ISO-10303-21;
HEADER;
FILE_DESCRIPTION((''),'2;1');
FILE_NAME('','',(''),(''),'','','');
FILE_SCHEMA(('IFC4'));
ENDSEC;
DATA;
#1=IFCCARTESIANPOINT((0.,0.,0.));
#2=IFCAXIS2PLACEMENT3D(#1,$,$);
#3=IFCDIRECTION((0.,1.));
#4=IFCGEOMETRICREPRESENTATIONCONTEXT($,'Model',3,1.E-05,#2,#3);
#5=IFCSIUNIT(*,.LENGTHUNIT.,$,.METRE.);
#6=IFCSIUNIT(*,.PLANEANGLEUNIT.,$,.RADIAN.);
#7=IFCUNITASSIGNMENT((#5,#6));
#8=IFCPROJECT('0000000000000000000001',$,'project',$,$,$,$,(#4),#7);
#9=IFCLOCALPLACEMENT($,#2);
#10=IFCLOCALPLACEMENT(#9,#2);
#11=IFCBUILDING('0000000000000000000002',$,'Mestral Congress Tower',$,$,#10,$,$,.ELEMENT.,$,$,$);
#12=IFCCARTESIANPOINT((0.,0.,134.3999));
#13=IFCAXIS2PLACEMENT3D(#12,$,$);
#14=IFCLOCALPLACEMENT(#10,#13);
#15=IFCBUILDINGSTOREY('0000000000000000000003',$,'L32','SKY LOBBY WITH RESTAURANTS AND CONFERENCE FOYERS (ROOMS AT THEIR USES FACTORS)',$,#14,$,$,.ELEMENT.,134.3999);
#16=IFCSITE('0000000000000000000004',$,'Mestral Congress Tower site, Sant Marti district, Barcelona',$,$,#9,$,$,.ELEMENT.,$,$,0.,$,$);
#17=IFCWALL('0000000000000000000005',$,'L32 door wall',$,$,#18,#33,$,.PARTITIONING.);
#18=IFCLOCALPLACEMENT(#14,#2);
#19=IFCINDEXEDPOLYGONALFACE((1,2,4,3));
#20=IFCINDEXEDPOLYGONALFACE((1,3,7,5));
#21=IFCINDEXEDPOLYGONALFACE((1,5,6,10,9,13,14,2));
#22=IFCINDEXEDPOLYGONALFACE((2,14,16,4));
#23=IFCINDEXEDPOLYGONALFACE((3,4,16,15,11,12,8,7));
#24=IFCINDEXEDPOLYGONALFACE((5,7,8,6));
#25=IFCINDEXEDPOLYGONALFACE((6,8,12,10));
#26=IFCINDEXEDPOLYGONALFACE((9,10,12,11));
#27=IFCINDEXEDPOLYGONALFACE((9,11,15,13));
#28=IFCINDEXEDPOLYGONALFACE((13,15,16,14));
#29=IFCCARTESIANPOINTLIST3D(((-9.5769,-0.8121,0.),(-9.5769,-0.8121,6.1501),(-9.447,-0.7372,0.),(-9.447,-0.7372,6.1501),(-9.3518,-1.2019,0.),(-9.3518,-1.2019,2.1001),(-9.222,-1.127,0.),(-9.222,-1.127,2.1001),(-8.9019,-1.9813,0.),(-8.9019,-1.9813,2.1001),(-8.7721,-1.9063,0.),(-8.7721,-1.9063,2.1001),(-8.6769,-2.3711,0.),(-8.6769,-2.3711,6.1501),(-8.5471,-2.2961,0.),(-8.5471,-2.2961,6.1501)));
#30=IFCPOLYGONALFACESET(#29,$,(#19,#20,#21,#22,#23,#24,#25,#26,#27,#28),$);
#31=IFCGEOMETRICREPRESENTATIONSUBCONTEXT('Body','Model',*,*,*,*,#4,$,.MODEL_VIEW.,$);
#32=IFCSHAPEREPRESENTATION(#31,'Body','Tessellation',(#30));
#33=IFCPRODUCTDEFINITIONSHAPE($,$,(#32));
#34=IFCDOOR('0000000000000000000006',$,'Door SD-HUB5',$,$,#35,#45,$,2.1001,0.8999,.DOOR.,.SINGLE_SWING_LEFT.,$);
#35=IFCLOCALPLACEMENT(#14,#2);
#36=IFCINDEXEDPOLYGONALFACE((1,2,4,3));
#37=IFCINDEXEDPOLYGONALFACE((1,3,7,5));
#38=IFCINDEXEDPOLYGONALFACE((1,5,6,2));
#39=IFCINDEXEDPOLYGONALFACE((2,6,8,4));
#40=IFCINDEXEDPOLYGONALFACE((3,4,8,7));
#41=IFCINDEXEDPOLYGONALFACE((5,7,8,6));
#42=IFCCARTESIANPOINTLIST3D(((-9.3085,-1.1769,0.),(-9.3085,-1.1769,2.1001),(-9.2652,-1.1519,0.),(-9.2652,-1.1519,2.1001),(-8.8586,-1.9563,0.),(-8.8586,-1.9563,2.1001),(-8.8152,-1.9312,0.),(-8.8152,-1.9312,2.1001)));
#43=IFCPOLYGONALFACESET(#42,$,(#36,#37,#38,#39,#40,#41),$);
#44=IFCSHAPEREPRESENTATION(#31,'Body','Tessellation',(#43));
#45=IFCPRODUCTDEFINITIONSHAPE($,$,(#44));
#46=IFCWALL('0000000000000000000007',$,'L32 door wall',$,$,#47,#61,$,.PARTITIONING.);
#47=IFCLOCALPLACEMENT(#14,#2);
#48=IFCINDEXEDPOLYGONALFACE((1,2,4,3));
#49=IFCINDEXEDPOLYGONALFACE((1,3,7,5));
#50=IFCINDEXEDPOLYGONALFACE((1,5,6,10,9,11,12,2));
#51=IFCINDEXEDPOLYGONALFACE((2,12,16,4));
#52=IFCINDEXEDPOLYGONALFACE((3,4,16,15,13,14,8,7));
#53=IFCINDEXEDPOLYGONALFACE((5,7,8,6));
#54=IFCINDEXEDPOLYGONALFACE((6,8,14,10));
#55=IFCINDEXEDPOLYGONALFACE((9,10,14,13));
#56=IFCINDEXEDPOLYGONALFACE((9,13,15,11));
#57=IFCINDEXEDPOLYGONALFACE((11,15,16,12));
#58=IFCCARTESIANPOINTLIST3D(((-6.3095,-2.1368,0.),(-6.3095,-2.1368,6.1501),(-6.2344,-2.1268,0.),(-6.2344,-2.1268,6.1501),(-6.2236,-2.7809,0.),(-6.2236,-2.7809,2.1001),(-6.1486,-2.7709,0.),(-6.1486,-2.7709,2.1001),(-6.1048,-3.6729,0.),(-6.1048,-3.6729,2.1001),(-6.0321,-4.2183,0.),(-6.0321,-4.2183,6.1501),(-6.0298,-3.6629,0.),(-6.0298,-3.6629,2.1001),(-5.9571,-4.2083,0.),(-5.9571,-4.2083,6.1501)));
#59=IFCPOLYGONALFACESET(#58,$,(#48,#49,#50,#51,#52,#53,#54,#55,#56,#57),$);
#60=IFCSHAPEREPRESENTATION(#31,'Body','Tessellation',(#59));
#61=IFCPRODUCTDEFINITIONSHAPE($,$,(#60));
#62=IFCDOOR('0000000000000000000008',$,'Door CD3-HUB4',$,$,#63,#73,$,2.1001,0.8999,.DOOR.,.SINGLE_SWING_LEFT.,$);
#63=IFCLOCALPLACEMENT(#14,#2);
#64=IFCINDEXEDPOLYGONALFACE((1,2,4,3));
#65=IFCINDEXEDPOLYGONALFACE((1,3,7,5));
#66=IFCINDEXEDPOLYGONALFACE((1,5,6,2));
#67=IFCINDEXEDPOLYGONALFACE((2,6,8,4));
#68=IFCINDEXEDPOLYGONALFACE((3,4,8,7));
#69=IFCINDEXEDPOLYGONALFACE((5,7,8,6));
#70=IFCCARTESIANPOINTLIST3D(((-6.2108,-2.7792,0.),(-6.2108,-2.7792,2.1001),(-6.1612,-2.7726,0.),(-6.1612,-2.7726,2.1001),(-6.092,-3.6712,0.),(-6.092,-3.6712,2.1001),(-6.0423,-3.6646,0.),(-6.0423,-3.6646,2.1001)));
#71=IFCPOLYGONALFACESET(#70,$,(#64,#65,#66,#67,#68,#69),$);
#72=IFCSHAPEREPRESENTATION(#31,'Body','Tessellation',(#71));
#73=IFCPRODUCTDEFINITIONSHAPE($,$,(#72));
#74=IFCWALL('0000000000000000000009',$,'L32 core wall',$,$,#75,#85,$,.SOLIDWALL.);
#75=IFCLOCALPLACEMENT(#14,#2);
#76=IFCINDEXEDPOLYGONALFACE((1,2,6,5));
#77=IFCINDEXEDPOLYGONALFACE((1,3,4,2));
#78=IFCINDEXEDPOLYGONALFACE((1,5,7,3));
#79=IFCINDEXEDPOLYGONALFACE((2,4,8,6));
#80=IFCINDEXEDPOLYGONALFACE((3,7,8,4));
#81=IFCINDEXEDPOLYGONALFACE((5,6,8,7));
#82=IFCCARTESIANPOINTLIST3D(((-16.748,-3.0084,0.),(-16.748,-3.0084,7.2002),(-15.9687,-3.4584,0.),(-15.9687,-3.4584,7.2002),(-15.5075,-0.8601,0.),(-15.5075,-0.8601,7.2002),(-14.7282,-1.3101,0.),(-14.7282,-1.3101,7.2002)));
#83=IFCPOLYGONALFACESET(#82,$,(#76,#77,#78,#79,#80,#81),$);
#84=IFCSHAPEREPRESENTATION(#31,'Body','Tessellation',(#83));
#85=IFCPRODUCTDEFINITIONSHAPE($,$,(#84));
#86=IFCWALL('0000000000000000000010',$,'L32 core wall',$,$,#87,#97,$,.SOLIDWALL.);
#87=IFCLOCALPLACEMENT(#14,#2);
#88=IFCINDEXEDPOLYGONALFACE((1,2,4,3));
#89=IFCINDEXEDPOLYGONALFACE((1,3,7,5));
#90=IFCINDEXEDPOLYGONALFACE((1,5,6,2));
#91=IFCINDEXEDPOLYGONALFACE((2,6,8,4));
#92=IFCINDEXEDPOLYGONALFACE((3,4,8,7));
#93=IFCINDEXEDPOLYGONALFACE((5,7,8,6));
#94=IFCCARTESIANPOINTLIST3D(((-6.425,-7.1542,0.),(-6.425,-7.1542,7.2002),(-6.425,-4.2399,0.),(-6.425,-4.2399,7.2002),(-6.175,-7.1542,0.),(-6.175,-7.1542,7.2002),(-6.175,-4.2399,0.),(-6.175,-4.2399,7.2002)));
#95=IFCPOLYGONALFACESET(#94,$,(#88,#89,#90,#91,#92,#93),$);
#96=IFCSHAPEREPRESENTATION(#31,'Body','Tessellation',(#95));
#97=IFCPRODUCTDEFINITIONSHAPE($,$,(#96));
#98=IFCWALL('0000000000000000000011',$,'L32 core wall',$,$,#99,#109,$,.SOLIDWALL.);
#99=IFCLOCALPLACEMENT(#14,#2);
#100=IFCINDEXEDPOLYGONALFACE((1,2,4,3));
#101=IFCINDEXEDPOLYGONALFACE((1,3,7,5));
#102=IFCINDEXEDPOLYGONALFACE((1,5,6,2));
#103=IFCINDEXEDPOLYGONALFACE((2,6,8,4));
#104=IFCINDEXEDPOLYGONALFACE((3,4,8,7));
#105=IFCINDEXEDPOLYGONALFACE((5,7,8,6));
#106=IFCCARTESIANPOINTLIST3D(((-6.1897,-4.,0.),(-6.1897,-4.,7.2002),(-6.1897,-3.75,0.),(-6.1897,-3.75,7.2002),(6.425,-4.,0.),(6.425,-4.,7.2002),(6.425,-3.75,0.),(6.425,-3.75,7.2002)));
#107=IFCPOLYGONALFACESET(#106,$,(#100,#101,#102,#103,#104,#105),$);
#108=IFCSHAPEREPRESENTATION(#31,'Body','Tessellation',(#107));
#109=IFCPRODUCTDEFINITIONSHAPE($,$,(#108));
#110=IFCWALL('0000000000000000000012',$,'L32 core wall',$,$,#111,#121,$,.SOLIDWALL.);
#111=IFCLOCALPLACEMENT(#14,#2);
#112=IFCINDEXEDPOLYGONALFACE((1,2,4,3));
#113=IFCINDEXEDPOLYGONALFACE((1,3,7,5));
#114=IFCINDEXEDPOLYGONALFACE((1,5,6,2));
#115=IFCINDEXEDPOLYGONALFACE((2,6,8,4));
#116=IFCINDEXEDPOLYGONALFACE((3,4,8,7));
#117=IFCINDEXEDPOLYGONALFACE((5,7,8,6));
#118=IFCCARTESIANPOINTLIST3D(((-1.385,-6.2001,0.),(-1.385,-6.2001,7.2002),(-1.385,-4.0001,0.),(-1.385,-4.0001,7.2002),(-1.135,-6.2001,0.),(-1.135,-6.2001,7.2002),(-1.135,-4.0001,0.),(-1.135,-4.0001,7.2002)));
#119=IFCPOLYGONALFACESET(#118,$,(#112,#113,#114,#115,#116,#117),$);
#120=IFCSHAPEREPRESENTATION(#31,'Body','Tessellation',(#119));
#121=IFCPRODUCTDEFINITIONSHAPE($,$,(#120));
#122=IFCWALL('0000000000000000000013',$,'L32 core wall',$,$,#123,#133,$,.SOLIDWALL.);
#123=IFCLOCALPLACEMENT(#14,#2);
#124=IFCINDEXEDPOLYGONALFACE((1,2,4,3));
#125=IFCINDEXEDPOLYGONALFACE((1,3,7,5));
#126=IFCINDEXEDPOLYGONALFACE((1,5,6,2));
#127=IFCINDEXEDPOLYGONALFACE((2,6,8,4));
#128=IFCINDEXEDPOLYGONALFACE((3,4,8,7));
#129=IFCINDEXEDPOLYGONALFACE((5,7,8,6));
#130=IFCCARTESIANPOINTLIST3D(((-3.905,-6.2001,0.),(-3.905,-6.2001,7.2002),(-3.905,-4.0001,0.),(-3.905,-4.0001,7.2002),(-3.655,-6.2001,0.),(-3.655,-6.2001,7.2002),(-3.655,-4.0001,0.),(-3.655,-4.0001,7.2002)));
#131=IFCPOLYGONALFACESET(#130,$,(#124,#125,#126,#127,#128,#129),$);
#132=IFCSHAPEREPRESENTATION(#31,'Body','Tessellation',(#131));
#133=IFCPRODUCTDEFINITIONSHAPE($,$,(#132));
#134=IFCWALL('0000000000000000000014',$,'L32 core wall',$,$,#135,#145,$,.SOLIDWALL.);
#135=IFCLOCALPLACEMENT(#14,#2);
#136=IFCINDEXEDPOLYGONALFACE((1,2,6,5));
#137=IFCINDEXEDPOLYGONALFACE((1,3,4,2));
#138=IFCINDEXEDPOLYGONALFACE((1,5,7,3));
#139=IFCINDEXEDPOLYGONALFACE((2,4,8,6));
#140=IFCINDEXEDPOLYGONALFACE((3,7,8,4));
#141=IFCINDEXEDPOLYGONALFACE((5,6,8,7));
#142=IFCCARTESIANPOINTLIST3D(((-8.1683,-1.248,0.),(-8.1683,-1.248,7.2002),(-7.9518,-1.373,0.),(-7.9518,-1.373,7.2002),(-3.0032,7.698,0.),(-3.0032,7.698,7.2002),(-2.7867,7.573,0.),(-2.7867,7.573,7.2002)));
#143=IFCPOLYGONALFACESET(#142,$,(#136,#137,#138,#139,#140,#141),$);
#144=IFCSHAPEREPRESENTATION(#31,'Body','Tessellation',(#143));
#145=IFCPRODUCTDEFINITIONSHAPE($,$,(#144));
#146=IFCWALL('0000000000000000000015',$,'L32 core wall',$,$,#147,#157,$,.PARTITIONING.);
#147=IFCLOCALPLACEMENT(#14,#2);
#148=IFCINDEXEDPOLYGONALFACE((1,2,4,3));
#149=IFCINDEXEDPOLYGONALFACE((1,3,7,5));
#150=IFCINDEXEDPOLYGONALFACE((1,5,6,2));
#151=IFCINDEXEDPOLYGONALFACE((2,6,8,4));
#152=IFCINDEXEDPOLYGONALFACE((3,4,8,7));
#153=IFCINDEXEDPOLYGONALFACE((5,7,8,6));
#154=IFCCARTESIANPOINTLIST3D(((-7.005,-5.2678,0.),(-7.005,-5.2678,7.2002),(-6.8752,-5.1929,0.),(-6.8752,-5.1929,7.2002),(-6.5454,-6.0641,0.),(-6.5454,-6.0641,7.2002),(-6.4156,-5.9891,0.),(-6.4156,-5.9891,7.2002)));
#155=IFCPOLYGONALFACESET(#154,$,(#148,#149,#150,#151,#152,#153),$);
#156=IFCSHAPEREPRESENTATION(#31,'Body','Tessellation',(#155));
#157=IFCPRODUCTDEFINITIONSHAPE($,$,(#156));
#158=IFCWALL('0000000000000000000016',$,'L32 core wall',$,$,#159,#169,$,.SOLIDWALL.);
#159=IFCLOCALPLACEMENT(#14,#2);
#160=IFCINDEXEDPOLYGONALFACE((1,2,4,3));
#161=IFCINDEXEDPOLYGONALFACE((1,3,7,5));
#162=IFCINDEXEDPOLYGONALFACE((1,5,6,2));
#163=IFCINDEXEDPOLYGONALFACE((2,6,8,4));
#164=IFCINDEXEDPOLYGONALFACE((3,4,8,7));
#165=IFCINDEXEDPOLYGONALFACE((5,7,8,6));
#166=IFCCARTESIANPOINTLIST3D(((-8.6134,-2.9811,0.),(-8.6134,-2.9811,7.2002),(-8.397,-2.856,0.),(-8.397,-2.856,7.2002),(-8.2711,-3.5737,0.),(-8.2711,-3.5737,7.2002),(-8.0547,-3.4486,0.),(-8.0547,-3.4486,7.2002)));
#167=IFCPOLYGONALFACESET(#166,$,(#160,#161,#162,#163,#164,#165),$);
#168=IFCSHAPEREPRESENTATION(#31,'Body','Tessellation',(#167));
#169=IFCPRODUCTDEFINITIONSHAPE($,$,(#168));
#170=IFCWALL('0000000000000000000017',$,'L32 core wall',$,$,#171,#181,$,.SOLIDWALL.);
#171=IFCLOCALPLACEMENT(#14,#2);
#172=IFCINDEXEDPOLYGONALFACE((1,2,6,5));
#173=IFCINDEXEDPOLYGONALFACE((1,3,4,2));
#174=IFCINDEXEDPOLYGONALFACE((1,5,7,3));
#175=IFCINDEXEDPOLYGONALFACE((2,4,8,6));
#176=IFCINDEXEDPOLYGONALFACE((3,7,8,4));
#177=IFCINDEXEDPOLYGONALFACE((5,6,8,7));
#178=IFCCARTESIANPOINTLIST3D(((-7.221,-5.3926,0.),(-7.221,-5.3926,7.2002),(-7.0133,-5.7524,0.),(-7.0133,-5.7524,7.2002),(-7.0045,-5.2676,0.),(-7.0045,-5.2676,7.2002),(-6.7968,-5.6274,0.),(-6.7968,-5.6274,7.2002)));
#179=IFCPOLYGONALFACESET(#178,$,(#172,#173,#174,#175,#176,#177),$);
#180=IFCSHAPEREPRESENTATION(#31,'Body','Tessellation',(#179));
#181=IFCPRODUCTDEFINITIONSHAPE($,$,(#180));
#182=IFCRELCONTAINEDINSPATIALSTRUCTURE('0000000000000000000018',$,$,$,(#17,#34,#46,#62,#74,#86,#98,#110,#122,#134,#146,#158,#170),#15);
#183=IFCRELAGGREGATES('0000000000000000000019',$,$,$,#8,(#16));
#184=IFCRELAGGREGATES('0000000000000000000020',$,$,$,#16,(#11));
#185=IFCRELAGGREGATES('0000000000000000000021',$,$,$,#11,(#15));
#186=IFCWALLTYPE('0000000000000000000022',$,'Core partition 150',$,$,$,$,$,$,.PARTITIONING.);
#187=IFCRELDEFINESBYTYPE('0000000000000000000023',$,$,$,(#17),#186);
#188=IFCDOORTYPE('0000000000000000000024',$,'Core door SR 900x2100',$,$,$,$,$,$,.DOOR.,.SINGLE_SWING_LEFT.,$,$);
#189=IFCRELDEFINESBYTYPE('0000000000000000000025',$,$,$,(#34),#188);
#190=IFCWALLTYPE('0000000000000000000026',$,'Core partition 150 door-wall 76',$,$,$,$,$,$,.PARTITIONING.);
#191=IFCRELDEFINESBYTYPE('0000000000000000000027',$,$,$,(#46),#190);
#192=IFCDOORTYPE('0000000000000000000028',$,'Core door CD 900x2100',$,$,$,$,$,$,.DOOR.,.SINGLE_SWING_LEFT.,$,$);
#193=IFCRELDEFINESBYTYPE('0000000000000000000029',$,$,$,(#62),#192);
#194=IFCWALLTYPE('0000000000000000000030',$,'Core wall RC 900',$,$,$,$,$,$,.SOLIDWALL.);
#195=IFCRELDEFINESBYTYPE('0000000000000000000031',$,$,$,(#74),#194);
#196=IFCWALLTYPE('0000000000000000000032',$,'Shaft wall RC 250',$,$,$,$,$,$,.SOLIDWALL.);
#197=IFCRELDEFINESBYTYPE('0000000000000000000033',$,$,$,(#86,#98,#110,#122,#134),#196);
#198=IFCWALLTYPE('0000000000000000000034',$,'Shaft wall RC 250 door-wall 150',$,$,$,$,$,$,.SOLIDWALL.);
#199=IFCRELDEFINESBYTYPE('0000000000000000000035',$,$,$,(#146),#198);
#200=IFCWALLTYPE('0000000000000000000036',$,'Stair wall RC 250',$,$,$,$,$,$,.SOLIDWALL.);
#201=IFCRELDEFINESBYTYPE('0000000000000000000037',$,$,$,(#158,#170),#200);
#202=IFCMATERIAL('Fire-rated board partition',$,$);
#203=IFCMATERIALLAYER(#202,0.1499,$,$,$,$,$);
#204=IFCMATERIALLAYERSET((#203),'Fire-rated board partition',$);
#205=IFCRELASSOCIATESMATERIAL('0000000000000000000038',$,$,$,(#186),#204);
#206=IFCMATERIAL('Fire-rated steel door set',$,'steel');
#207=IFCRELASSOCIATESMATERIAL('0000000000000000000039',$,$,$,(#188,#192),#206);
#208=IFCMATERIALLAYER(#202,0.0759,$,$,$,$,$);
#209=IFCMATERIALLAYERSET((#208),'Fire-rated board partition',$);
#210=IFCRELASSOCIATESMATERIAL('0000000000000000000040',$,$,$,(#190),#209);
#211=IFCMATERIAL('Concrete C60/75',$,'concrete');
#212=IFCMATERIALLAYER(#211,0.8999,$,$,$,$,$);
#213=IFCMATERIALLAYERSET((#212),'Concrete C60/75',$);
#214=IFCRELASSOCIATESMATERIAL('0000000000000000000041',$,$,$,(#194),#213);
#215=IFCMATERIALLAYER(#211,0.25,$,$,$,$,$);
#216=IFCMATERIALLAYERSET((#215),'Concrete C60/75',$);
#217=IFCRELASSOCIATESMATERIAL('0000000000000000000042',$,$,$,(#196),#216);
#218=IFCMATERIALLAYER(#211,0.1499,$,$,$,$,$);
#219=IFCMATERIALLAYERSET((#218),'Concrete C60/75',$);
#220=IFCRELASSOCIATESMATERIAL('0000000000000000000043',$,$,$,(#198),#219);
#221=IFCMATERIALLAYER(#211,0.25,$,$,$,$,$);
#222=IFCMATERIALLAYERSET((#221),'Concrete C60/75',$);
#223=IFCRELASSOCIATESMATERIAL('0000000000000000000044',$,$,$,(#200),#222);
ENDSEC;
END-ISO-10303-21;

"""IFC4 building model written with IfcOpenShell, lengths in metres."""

from ifc_helpers import new_model, si_unit, direction, frame, frame_2d, origin, place, context, subcontext, project, spatial, rectangle, extrude, material, layer, layer_set, type_object, element, fill, save


model = new_model("IFC4")

# Units and contexts
model_context = context("Model", 3, precision=1e-05, world=origin(), true_north=direction((0.0, 1.0)))
body_context = subcontext(model_context, "Body", "Model", "MODEL_VIEW")
ifc_project = project(units=[si_unit("LENGTHUNIT", "METRE"), si_unit("PLANEANGLEUNIT", "RADIAN")], contexts=[model_context])

# Site, building, storey
site_placement = place(None, origin())
site = spatial("IfcSite", under=ifc_project, at=site_placement, Name="Mestral Congress Tower site, Sant Marti district, Barcelona", CompositionType="ELEMENT", RefElevation=0.0)
building_placement = place(site_placement, origin())
building = spatial("IfcBuilding", under=site, at=building_placement, Name="Mestral Congress Tower", CompositionType="ELEMENT")
storey_placement = place(building_placement, frame((0.0, 0.0, 134.3999)))
storey = spatial("IfcBuildingStorey", under=building, at=storey_placement, Name="L32", Description="SKY LOBBY WITH RESTAURANTS AND CONFERENCE FOYERS (ROOMS AT THEIR USES FACTORS)", CompositionType="ELEMENT", Elevation=134.3999)

# Shared definitions
ifc_material_1 = material(Name="Fire-rated board partition")
ifc_layer_1 = layer(ifc_material_1, 0.1499)
ifc_layer_set_1 = layer_set([ifc_layer_1], Name="Fire-rated board partition")
wall_type_1 = type_object("IfcWallType", Name="Core partition 150", PredefinedType="PARTITIONING", material=ifc_layer_set_1)

# Walls, openings, doors
ifc_material_2 = material(Name="Fire-rated steel door set", Category="steel")
door_type_1 = type_object("IfcDoorType", Name="Core door SR 900x2100", OperationType="SINGLE_SWING_LEFT", PredefinedType="DOOR", material=ifc_material_2)
wall_1_placement = place(storey_placement, frame((-8.6121, -2.3335, 0.0), z_axis=(0.0, 0.0, 1.0), x_axis=(-0.499961, 0.866048, 0.0)))
wall_1 = element("IfcWall", 1, at=wall_1_placement, inside=storey, type_object=wall_type_1, Name="L32 door wall", PredefinedType="PARTITIONING", context=body_context, shape_type="SweptSolid", body=[
    extrude(rectangle(XDim=1.8, YDim=0.1499, at=frame_2d((0.8999, 0.0))), origin(), (0.0, 0.0, 1.0), 6.1501),
])
opening_1_placement = place(wall_1_placement, frame((0.45, 0.0, 0.0)))
opening_1 = element("IfcOpeningElement", 2, at=opening_1_placement, cuts=wall_1, PredefinedType="OPENING", context=body_context, shape_type="SweptSolid", body=[
    extrude(rectangle(XDim=0.8999, YDim=2.1001, at=frame_2d((0.45, 1.05))), frame((0.0, 0.085, 0.0), z_axis=(0.0, -1.0, 0.0), x_axis=(1.0, 0.0, 0.0)), (0.0, 0.0, 1.0), 0.1699),
])
door_1_placement = place(opening_1_placement, origin())
door_1 = element("IfcDoor", 3, at=door_1_placement, inside=storey, type_object=door_type_1, Name="Door SD-HUB5", OperationType="SINGLE_SWING_LEFT", OverallHeight=2.1001, OverallWidth=0.8999, PredefinedType="DOOR", context=body_context, shape_type="SweptSolid", body=[
    extrude(rectangle(XDim=0.8999, YDim=2.1001, at=frame_2d((0.45, 1.05))), frame((0.0, 0.0249, 0.0), z_axis=(0.0, -1.0, 0.0), x_axis=(1.0, 0.0, 0.0)), (0.0, 0.0, 1.0), 0.05),
])
fill(opening_1, door_1)
ifc_layer_2 = layer(ifc_material_1, 0.0759)
ifc_layer_set_2 = layer_set([ifc_layer_2], Name="Fire-rated board partition")
wall_type_2 = type_object("IfcWallType", Name="Core partition 150 door-wall 76", PredefinedType="PARTITIONING", material=ifc_layer_set_2)
wall_2_placement = place(storey_placement, frame((-5.9946, -4.2131, 0.0), z_axis=(0.0, 0.0, 1.0), x_axis=(-0.132072, 0.99124, 0.0)))
wall_2 = element("IfcWall", 4, at=wall_2_placement, inside=storey, type_object=wall_type_2, Name="L32 door wall", PredefinedType="PARTITIONING", context=body_context, shape_type="SweptSolid", body=[
    extrude(rectangle(XDim=2.0999, YDim=0.0757, at=frame_2d((1.0498, 0.0))), origin(), (0.0, 0.0, 1.0), 6.1501),
])
opening_2_placement = place(wall_2_placement, frame((0.55, 0.0, 0.0)))
opening_2 = element("IfcOpeningElement", 5, at=opening_2_placement, cuts=wall_2, PredefinedType="OPENING", context=body_context, shape_type="SweptSolid", body=[
    extrude(rectangle(XDim=0.8999, YDim=2.1001, at=frame_2d((0.45, 1.05))), frame((0.0, 0.0479, 0.0), z_axis=(0.0, -1.0, 0.0), x_axis=(1.0, 0.0, 0.0)), (0.0, 0.0, 1.0), 0.0957),
])
door_type_2 = type_object("IfcDoorType", Name="Core door CD 900x2100", OperationType="SINGLE_SWING_LEFT", PredefinedType="DOOR", material=ifc_material_2)
door_2_placement = place(opening_2_placement, origin())
door_2 = element("IfcDoor", 6, at=door_2_placement, inside=storey, type_object=door_type_2, Name="Door CD3-HUB4", OperationType="SINGLE_SWING_LEFT", OverallHeight=2.1001, OverallWidth=0.8999, PredefinedType="DOOR", context=body_context, shape_type="SweptSolid", body=[
    extrude(rectangle(XDim=0.8999, YDim=2.1001, at=frame_2d((0.45, 1.05))), frame((0.0, 0.0249, 0.0), z_axis=(0.0, -1.0, 0.0), x_axis=(1.0, 0.0, 0.0)), (0.0, 0.0, 1.0), 0.05),
])
fill(opening_2, door_2)

# Walls
ifc_material_3 = material(Name="Concrete C60/75", Category="concrete")
ifc_layer_3 = layer(ifc_material_3, 0.8999)
ifc_layer_set_3 = layer_set([ifc_layer_3], Name="Concrete C60/75")
wall_type_3 = type_object("IfcWallType", Name="Core wall RC 900", PredefinedType="SOLIDWALL", material=ifc_layer_set_3)
wall_3_placement = place(storey_placement, frame((-15.1179, -1.0852, 0.0), z_axis=(0.0, 0.0, 1.0), x_axis=(-0.500066, -0.865987, 0.0)))
element("IfcWall", 7, at=wall_3_placement, inside=storey, type_object=wall_type_3, Name="L32 core wall", PredefinedType="SOLIDWALL", context=body_context, shape_type="SweptSolid", body=[
    extrude(rectangle(XDim=2.4807, YDim=0.8999, at=frame_2d((1.2402, 0.0))), origin(), (0.0, 0.0, 1.0), 7.2002),
])
ifc_layer_4 = layer(ifc_material_3, 0.25)
ifc_layer_set_4 = layer_set([ifc_layer_4], Name="Concrete C60/75")
wall_type_4 = type_object("IfcWallType", Name="Shaft wall RC 250", PredefinedType="SOLIDWALL", material=ifc_layer_set_4)
wall_4_placement = place(storey_placement, frame((-6.3, -4.24, 0.0), z_axis=(0.0, 0.0, 1.0), x_axis=(0.0, -1.0, 0.0)))
element("IfcWall", 8, at=wall_4_placement, inside=storey, type_object=wall_type_4, Name="L32 core wall", PredefinedType="SOLIDWALL", context=body_context, shape_type="SweptSolid", body=[
    extrude(rectangle(XDim=2.9143, YDim=0.25, at=frame_2d((1.457, 0.0))), origin(), (0.0, 0.0, 1.0), 7.2002),
])
wall_5_placement = place(storey_placement, frame((-6.1897, -3.875, 0.0), z_axis=(0.0, 0.0, 1.0), x_axis=(1.0, 0.0, 0.0)))
element("IfcWall", 9, at=wall_5_placement, inside=storey, type_object=wall_type_4, Name="L32 core wall", PredefinedType="SOLIDWALL", context=body_context, shape_type="SweptSolid", body=[
    extrude(rectangle(XDim=12.6147, YDim=0.25, at=frame_2d((6.3074, 0.0))), origin(), (0.0, 0.0, 1.0), 7.2002),
])
for number, where, z_axis, x_axis, name in (
    (10, (-1.26, -4.0, 0.0), (0.0, 0.0, 1.0), (0.0, -1.0, 0.0), "L32 core wall"),
    (11, (-3.78, -4.0, 0.0), (0.0, 0.0, 1.0), (0.0, -1.0, 0.0), "L32 core wall"),
):
    element("IfcWall", number, at=place(storey_placement, frame(where, z_axis=z_axis, x_axis=x_axis)), inside=storey, type_object=wall_type_4, Name=name, PredefinedType="SOLIDWALL", context=body_context, shape_type="SweptSolid", body=[
        extrude(rectangle(XDim=2.2, YDim=0.25, at=frame_2d((1.1001, 0.0))), origin(), (0.0, 0.0, 1.0), 7.2002),
    ])
wall_6_placement = place(storey_placement, frame((-8.0601, -1.3105, 0.0), z_axis=(0.0, 0.0, 1.0), x_axis=(0.500003, 0.866024, 0.0)))
element("IfcWall", 12, at=wall_6_placement, inside=storey, type_object=wall_type_4, Name="L32 core wall", PredefinedType="SOLIDWALL", context=body_context, shape_type="SweptSolid", body=[
    extrude(rectangle(XDim=10.3301, YDim=0.25, at=frame_2d((5.165, 0.0))), origin(), (0.0, 0.0, 1.0), 7.2002),
])
ifc_layer_5 = layer(ifc_material_3, 0.1499)
ifc_layer_set_5 = layer_set([ifc_layer_5], Name="Concrete C60/75")
wall_type_5 = type_object("IfcWallType", Name="Shaft wall RC 250 door-wall 150", PredefinedType="SOLIDWALL", material=ifc_layer_set_5)
wall_7_placement = place(storey_placement, frame((-6.4805, -6.0266, 0.0), z_axis=(0.0, 0.0, 1.0), x_axis=(-0.499937, 0.866062, 0.0)))
element("IfcWall", 13, at=wall_7_placement, inside=storey, type_object=wall_type_5, Name="L32 core wall", PredefinedType="PARTITIONING", context=body_context, shape_type="SweptSolid", body=[
    extrude(rectangle(XDim=0.9194, YDim=0.1499, at=frame_2d((0.4597, 0.0))), origin(), (0.0, 0.0, 1.0), 7.2002),
])
ifc_layer_6 = layer(ifc_material_3, 0.25)
ifc_layer_set_6 = layer_set([ifc_layer_6], Name="Concrete C60/75")
wall_type_6 = type_object("IfcWallType", Name="Stair wall RC 250", PredefinedType="SOLIDWALL", material=ifc_layer_set_6)
wall_8_placement = place(storey_placement, frame((-8.1628, -3.5112, 0.0), z_axis=(0.0, 0.0, 1.0), x_axis=(-0.500206, 0.865906, 0.0)))
element("IfcWall", 14, at=wall_8_placement, inside=storey, type_object=wall_type_6, Name="L32 core wall", PredefinedType="SOLIDWALL", context=body_context, shape_type="SweptSolid", body=[
    extrude(rectangle(XDim=0.6843, YDim=0.25, at=frame_2d((0.3423, 0.0))), origin(), (0.0, 0.0, 1.0), 7.2002),
])
wall_9_placement = place(storey_placement, frame((-6.905, -5.6899, 0.0), z_axis=(0.0, 0.0, 1.0), x_axis=(-0.499994, 0.866029, 0.0)))
element("IfcWall", 15, at=wall_9_placement, inside=storey, type_object=wall_type_6, Name="L32 core wall", PredefinedType="SOLIDWALL", context=body_context, shape_type="SweptSolid", body=[
    extrude(rectangle(XDim=0.4155, YDim=0.25, at=frame_2d((0.2078, 0.0))), origin(), (0.0, 0.0, 1.0), 7.2002),
])

save(model, "model.ifc")
